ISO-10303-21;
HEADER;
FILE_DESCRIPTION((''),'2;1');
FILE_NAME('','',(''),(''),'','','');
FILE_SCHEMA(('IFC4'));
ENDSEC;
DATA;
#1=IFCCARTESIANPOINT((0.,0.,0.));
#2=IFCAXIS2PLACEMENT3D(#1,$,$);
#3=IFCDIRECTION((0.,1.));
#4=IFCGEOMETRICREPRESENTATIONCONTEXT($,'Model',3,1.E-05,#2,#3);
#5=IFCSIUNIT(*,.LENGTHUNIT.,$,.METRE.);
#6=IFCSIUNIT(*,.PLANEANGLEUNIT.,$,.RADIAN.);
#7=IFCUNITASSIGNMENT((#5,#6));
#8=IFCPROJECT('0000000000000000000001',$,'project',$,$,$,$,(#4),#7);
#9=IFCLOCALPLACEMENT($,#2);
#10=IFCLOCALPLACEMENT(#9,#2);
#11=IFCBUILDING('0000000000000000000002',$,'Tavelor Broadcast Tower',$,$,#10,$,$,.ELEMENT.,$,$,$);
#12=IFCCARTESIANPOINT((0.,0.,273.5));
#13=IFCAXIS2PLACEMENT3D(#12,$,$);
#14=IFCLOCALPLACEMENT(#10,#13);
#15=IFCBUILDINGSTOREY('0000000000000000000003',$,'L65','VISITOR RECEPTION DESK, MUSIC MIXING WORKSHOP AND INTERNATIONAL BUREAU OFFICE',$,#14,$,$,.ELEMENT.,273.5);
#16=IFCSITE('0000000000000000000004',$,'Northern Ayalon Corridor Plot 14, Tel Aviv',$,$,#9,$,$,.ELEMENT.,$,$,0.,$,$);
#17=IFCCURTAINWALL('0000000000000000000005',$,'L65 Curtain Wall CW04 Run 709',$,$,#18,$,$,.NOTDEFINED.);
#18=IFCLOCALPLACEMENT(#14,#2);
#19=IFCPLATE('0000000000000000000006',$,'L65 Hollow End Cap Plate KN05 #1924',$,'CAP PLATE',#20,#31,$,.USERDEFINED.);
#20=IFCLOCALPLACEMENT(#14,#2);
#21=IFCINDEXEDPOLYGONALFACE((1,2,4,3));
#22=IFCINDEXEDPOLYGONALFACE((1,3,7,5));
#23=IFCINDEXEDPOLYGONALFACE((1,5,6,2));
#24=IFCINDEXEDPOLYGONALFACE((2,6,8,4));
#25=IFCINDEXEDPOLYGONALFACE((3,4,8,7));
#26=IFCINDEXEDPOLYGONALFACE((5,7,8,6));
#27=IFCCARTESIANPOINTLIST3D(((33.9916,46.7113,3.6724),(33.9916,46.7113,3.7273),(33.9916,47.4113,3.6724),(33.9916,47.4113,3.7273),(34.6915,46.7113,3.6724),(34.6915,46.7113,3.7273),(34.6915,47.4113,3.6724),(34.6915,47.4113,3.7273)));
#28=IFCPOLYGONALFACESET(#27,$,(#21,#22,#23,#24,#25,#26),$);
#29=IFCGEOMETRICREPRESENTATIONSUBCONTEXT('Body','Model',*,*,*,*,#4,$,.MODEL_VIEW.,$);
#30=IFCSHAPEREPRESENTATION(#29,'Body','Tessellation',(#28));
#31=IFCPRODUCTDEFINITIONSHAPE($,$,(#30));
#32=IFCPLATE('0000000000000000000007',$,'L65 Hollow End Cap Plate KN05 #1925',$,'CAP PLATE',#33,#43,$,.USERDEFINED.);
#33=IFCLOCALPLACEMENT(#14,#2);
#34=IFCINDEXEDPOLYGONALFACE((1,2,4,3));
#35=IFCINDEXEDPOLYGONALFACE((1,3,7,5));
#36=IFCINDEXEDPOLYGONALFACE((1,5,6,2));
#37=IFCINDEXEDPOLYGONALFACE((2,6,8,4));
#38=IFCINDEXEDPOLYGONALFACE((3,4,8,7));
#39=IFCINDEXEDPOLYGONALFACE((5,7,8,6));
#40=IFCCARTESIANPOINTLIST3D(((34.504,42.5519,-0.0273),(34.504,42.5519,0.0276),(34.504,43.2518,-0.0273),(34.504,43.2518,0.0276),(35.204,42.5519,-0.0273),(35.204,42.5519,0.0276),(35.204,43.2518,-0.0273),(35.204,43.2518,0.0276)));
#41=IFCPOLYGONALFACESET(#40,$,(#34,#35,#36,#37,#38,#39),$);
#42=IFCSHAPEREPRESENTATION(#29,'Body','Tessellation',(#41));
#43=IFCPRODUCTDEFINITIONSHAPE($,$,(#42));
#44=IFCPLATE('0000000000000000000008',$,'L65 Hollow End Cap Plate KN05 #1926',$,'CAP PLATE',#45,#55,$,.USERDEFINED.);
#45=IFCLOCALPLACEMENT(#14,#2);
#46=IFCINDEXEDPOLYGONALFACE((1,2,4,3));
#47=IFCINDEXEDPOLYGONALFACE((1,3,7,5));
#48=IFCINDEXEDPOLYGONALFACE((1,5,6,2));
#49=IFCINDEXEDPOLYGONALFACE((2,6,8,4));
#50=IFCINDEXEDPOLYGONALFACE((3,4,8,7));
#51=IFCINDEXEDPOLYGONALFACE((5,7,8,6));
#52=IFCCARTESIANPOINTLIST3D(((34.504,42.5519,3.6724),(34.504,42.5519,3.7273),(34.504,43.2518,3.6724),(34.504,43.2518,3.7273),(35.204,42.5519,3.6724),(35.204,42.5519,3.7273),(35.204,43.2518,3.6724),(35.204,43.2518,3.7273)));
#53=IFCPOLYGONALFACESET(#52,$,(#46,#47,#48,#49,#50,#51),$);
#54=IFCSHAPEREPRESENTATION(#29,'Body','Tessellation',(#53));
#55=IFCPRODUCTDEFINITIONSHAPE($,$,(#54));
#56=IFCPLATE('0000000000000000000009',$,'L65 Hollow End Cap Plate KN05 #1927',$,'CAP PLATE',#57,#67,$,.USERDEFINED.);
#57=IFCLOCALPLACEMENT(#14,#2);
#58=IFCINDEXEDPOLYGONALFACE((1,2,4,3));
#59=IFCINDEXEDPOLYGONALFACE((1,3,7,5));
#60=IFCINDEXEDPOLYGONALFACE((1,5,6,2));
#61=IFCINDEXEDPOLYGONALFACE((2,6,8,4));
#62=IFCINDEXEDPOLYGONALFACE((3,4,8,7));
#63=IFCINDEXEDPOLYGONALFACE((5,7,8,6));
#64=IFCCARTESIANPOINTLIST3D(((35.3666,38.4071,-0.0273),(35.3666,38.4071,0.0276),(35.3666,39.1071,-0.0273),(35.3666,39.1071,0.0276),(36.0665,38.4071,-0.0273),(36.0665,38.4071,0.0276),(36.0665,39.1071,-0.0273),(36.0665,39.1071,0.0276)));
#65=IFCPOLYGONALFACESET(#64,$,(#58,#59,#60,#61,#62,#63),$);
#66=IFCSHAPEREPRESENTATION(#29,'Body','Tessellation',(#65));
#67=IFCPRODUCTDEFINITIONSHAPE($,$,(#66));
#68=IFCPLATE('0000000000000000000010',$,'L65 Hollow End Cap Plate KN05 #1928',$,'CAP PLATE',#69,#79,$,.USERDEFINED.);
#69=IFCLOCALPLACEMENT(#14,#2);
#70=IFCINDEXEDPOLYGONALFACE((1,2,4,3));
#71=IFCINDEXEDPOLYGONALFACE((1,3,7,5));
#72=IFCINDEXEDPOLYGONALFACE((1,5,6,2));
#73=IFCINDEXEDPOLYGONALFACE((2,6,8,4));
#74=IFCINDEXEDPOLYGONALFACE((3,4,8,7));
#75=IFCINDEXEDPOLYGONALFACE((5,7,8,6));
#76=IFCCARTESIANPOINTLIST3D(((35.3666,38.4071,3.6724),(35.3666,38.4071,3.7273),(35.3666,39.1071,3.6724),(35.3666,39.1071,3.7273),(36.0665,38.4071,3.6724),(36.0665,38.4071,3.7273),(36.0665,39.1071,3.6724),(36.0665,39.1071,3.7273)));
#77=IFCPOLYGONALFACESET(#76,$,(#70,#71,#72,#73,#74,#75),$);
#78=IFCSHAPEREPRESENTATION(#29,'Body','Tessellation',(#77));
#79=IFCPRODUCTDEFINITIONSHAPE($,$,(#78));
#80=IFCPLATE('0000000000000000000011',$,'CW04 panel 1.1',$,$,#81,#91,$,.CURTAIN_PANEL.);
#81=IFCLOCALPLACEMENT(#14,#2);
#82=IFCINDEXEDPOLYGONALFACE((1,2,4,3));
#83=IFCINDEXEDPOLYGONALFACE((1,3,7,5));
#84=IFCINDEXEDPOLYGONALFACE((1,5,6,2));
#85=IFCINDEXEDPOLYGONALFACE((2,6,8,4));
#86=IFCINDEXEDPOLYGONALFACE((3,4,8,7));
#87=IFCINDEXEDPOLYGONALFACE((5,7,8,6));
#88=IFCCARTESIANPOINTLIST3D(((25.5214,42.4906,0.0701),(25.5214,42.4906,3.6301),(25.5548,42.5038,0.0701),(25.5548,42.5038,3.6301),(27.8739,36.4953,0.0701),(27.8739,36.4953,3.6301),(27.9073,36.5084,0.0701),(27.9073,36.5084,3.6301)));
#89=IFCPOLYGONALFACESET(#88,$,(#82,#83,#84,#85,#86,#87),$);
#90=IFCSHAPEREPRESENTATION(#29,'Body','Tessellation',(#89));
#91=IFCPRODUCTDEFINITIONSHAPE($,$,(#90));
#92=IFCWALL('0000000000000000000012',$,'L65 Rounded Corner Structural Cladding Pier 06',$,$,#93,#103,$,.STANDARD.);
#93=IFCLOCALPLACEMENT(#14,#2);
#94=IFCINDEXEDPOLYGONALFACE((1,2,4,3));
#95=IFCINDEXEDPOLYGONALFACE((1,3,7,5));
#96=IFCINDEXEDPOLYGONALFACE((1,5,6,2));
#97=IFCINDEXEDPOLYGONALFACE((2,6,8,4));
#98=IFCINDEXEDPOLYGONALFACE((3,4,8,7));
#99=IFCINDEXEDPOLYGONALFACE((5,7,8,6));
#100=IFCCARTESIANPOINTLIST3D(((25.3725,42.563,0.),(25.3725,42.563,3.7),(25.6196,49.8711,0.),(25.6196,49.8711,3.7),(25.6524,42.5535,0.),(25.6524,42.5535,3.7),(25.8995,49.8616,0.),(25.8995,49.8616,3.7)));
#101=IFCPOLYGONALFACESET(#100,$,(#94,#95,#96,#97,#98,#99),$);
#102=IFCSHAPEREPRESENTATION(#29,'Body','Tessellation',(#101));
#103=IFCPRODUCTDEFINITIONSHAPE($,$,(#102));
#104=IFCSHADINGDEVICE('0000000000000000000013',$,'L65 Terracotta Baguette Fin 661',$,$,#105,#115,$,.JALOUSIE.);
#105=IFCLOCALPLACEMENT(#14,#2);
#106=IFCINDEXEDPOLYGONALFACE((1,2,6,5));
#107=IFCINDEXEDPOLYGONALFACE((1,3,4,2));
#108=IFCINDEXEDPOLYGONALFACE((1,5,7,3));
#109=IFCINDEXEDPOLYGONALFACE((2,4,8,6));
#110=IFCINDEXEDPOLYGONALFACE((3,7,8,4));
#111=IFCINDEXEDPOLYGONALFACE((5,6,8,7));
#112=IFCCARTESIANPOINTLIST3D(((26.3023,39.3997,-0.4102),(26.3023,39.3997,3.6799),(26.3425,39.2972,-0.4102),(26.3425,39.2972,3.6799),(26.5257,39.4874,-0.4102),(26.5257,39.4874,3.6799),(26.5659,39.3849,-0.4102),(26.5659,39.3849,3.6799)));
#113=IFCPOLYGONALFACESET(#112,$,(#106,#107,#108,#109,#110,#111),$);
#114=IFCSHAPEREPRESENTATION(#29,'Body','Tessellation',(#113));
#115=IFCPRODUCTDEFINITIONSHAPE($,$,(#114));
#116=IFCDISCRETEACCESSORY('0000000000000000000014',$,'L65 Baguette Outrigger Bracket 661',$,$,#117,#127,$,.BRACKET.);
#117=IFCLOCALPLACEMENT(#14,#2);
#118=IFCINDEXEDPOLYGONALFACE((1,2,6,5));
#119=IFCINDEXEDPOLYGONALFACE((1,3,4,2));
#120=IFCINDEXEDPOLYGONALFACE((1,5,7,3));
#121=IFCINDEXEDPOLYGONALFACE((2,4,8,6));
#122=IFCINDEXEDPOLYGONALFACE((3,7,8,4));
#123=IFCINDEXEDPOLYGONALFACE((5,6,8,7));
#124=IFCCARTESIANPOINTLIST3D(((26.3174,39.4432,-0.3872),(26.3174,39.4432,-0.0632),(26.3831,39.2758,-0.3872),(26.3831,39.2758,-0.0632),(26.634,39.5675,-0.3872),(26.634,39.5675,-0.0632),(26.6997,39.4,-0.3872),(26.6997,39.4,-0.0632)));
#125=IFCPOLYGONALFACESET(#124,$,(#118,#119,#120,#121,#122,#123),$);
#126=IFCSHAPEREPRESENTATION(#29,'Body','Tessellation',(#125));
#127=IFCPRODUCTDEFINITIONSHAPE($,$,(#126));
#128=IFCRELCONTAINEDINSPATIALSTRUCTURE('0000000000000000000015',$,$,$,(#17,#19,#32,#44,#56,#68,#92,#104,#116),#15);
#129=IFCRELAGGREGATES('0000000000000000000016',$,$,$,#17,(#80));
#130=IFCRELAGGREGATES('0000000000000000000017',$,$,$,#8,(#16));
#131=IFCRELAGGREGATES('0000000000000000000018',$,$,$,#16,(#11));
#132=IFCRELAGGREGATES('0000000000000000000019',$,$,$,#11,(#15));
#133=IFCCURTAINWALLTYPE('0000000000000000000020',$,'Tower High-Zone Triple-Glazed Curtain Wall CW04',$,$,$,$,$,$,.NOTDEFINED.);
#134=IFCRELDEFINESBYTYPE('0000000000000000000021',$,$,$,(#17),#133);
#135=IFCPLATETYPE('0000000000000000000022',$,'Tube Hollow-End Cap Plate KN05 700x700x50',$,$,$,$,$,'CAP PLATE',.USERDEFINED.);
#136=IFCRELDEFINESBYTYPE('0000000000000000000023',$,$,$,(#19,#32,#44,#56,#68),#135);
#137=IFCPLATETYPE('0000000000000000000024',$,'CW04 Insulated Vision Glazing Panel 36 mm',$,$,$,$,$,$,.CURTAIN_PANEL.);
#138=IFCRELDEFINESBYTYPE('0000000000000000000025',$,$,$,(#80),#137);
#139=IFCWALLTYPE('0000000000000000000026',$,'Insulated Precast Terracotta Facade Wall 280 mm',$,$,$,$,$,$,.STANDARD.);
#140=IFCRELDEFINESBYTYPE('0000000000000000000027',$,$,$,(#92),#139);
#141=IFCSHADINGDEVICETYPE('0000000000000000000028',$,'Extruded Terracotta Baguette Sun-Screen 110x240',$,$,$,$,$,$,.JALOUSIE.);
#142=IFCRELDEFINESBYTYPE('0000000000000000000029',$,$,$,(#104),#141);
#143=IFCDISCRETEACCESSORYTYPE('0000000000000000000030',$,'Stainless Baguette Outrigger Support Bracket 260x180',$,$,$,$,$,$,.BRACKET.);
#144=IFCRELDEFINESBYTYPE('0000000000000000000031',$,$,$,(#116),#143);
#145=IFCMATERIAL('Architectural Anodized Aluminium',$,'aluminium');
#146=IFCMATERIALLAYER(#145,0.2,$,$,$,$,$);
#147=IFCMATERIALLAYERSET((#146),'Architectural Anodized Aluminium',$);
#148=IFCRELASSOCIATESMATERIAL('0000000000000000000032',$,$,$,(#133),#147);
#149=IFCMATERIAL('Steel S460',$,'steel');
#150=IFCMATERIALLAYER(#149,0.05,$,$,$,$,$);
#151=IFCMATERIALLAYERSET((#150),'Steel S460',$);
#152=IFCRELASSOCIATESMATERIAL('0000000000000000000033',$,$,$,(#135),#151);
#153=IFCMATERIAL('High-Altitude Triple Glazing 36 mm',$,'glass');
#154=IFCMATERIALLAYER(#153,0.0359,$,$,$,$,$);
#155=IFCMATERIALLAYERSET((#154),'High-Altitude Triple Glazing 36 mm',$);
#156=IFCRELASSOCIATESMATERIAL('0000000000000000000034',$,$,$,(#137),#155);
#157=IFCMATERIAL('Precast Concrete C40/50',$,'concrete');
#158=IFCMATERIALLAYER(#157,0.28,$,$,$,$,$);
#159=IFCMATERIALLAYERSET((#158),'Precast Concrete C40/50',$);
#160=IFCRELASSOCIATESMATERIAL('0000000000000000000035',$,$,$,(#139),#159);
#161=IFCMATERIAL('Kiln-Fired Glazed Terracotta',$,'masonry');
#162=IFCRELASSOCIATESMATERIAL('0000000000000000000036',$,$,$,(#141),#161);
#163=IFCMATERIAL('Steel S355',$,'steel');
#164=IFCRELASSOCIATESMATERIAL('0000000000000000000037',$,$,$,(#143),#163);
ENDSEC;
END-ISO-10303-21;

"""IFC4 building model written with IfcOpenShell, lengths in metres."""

from ifc_helpers import new_model, si_unit, direction, frame, frame_2d, origin, origin_2d, place, context, subcontext, project, spatial, rectangle, extrude, source, transform, mapped, material, layer, layer_set, type_object, type_shapes, element, aggregate, save


model = new_model("IFC4")

# Units and contexts
model_context = context("Model", 3, precision=1e-05, world=origin(), true_north=direction((0.0, 1.0)))
body_context = subcontext(model_context, "Body", "Model", "MODEL_VIEW")
ifc_project = project(units=[si_unit("LENGTHUNIT", "METRE"), si_unit("PLANEANGLEUNIT", "RADIAN")], contexts=[model_context])

# Site, building, storey
site_placement = place(None, origin())
site = spatial("IfcSite", under=ifc_project, at=site_placement, Name="Northern Ayalon Corridor Plot 14, Tel Aviv", CompositionType="ELEMENT", RefElevation=0.0)
building_placement = place(site_placement, origin())
building = spatial("IfcBuilding", under=site, at=building_placement, Name="Tavelor Broadcast Tower", CompositionType="ELEMENT")
storey_placement = place(building_placement, frame((0.0, 0.0, 273.5)))
storey = spatial("IfcBuildingStorey", under=building, at=storey_placement, Name="L65", Description="VISITOR RECEPTION DESK, MUSIC MIXING WORKSHOP AND INTERNATIONAL BUREAU OFFICE", CompositionType="ELEMENT", Elevation=273.5)

# Shared definitions
ifc_material_1 = material(Name="Steel S460", Category="steel")

# Shared definitions
ifc_material_2 = material(Name="Steel S355", Category="steel")

# Curtain wall
ifc_material_3 = material(Name="Architectural Anodized Aluminium", Category="aluminium")
ifc_layer_1 = layer(ifc_material_3, 0.2)
ifc_layer_set_1 = layer_set([ifc_layer_1], Name="Architectural Anodized Aluminium")
curtain_wall_type = type_object("IfcCurtainWallType", Name="Tower High-Zone Triple-Glazed Curtain Wall CW04", PredefinedType="NOTDEFINED", material=ifc_layer_set_1)
curtain_wall_placement = place(storey_placement, origin())
curtain_wall = element("IfcCurtainWall", 1, at=curtain_wall_placement, inside=storey, type_object=curtain_wall_type, Name="L65 Curtain Wall CW04 Run 709", PredefinedType="NOTDEFINED")

# Plates
ifc_layer_2 = layer(ifc_material_1, 0.05)
ifc_layer_set_2 = layer_set([ifc_layer_2], Name="Steel S460")
plate_type_1 = type_object("IfcPlateType", Name="Tube Hollow-End Cap Plate KN05 700x700x50", ElementType="CAP PLATE", PredefinedType="USERDEFINED", material=ifc_layer_set_2)
shared_shape_1 = source(origin(), body_context, "Body", "SweptSolid", [
    extrude(rectangle(XDim=0.7, YDim=0.7, at=origin_2d()), origin(), (0.0, 0.0, 1.0), 0.0549),
])
type_shapes(plate_type_1, [shared_shape_1])
for number, where, z_axis, x_axis, name in (
    (2, (34.3416, 47.0613, 3.6724), (0.0, 0.0, 1.0), (1.0, 0.0, 0.0), "L65 Hollow End Cap Plate KN05 #1924"),
    (3, (34.854, 42.9019, -0.0273), (0.0, 0.0, 1.0), (1.0, 0.0, 0.0), "L65 Hollow End Cap Plate KN05 #1925"),
    (4, (34.854, 42.9019, 3.6724), (0.0, 0.0, 1.0), (1.0, 0.0, 0.0), "L65 Hollow End Cap Plate KN05 #1926"),
    (5, (35.7166, 38.7571, -0.0273), (0.0, 0.0, 1.0), (1.0, 0.0, 0.0), "L65 Hollow End Cap Plate KN05 #1927"),
    (6, (35.7166, 38.7571, 3.6724), (0.0, 0.0, 1.0), (1.0, 0.0, 0.0), "L65 Hollow End Cap Plate KN05 #1928"),
):
    element("IfcPlate", number, at=place(storey_placement, frame(where, z_axis=z_axis, x_axis=x_axis)), inside=storey, type_object=plate_type_1, Name=name, ObjectType="CAP PLATE", PredefinedType="USERDEFINED", context=body_context, shape_type="MappedRepresentation", body=[
        mapped(shared_shape_1, transform((0.0, 0.0, 0.0), scale=1.0)),
    ])

# Plate
ifc_material_4 = material(Name="High-Altitude Triple Glazing 36 mm", Category="glass")
ifc_layer_3 = layer(ifc_material_4, 0.0359)
ifc_layer_set_3 = layer_set([ifc_layer_3], Name="High-Altitude Triple Glazing 36 mm")
plate_type_2 = type_object("IfcPlateType", Name="CW04 Insulated Vision Glazing Panel 36 mm", PredefinedType="CURTAIN_PANEL", material=ifc_layer_set_3)
shared_shape_2 = source(origin(), body_context, "Body", "SweptSolid", [
    extrude(rectangle(XDim=6.4404, YDim=0.0359, at=origin_2d()), origin(), (0.0, 0.0, 1.0), 3.5601),
])
type_shapes(plate_type_2, [shared_shape_2])
plate_placement = place(storey_placement, frame((26.7144, 39.4995, 0.0701), z_axis=(0.0, 0.0, 1.0), x_axis=(0.36528, -0.930898, 0.0)))
plate = element("IfcPlate", 7, at=plate_placement, type_object=plate_type_2, Name="CW04 panel 1.1", PredefinedType="CURTAIN_PANEL", context=body_context, shape_type="MappedRepresentation", body=[
    mapped(shared_shape_2, transform((0.0, 0.0, 0.0), scale=1.0)),
])
aggregate(curtain_wall, [plate])

# Wall
ifc_material_5 = material(Name="Precast Concrete C40/50", Category="concrete")
ifc_layer_4 = layer(ifc_material_5, 0.28)
ifc_layer_set_4 = layer_set([ifc_layer_4], Name="Precast Concrete C40/50")
wall_type = type_object("IfcWallType", Name="Insulated Precast Terracotta Facade Wall 280 mm", PredefinedType="STANDARD", material=ifc_layer_set_4)
wall_placement = place(storey_placement, frame((25.7595, 49.8665, 0.0), z_axis=(0.0, 0.0, 1.0), x_axis=(-0.033788, -0.999429, 0.0)))
element("IfcWall", 8, at=wall_placement, inside=storey, type_object=wall_type, Name="L65 Rounded Corner Structural Cladding Pier 06", PredefinedType="STANDARD", context=body_context, shape_type="SweptSolid", body=[
    extrude(rectangle(XDim=7.3123, YDim=0.28, at=frame_2d((3.6562, 0.0))), origin(), (0.0, 0.0, 1.0), 3.7),
])

# Shading device
ifc_material_6 = material(Name="Kiln-Fired Glazed Terracotta", Category="masonry")
shading_device_type = type_object("IfcShadingDeviceType", Name="Extruded Terracotta Baguette Sun-Screen 110x240", PredefinedType="JALOUSIE", material=ifc_material_6)
shared_shape_3 = source(origin(), body_context, "Body", "SweptSolid", [
    extrude(rectangle(XDim=0.1101, YDim=0.24, at=origin_2d()), origin(), (0.0, 0.0, 1.0), 4.0901),
])
type_shapes(shading_device_type, [shared_shape_3])
shading_device_placement = place(storey_placement, frame((26.4341, 39.3923, -0.4102), z_axis=(0.0, 0.0, 1.0), x_axis=(0.365364, -0.930865, 0.0)))
element("IfcShadingDevice", 9, at=shading_device_placement, inside=storey, type_object=shading_device_type, Name="L65 Terracotta Baguette Fin 661", PredefinedType="JALOUSIE", context=body_context, shape_type="MappedRepresentation", body=[
    mapped(shared_shape_3, transform((0.0, 0.0, 0.0), scale=1.0)),
])

# Discrete accessory
discrete_accessory_type = type_object("IfcDiscreteAccessoryType", Name="Stainless Baguette Outrigger Support Bracket 260x180", PredefinedType="BRACKET", material=ifc_material_2)
shared_shape_4 = source(origin(), body_context, "Body", "SweptSolid", [
    extrude(rectangle(XDim=0.1799, YDim=0.3401, at=origin_2d()), origin(), (0.0, 0.0, 1.0), 0.324),
])
type_shapes(discrete_accessory_type, [shared_shape_4])
discrete_accessory_placement = place(storey_placement, frame((26.5085, 39.4216, -0.3872), z_axis=(0.0, 0.0, 1.0), x_axis=(0.365364, -0.930865, 0.0)))
element("IfcDiscreteAccessory", 10, at=discrete_accessory_placement, inside=storey, type_object=discrete_accessory_type, Name="L65 Baguette Outrigger Bracket 661", PredefinedType="BRACKET", context=body_context, shape_type="MappedRepresentation", body=[
    mapped(shared_shape_4, transform((0.0, 0.0, 0.0), scale=1.0)),
])

save(model, "model.ifc")
